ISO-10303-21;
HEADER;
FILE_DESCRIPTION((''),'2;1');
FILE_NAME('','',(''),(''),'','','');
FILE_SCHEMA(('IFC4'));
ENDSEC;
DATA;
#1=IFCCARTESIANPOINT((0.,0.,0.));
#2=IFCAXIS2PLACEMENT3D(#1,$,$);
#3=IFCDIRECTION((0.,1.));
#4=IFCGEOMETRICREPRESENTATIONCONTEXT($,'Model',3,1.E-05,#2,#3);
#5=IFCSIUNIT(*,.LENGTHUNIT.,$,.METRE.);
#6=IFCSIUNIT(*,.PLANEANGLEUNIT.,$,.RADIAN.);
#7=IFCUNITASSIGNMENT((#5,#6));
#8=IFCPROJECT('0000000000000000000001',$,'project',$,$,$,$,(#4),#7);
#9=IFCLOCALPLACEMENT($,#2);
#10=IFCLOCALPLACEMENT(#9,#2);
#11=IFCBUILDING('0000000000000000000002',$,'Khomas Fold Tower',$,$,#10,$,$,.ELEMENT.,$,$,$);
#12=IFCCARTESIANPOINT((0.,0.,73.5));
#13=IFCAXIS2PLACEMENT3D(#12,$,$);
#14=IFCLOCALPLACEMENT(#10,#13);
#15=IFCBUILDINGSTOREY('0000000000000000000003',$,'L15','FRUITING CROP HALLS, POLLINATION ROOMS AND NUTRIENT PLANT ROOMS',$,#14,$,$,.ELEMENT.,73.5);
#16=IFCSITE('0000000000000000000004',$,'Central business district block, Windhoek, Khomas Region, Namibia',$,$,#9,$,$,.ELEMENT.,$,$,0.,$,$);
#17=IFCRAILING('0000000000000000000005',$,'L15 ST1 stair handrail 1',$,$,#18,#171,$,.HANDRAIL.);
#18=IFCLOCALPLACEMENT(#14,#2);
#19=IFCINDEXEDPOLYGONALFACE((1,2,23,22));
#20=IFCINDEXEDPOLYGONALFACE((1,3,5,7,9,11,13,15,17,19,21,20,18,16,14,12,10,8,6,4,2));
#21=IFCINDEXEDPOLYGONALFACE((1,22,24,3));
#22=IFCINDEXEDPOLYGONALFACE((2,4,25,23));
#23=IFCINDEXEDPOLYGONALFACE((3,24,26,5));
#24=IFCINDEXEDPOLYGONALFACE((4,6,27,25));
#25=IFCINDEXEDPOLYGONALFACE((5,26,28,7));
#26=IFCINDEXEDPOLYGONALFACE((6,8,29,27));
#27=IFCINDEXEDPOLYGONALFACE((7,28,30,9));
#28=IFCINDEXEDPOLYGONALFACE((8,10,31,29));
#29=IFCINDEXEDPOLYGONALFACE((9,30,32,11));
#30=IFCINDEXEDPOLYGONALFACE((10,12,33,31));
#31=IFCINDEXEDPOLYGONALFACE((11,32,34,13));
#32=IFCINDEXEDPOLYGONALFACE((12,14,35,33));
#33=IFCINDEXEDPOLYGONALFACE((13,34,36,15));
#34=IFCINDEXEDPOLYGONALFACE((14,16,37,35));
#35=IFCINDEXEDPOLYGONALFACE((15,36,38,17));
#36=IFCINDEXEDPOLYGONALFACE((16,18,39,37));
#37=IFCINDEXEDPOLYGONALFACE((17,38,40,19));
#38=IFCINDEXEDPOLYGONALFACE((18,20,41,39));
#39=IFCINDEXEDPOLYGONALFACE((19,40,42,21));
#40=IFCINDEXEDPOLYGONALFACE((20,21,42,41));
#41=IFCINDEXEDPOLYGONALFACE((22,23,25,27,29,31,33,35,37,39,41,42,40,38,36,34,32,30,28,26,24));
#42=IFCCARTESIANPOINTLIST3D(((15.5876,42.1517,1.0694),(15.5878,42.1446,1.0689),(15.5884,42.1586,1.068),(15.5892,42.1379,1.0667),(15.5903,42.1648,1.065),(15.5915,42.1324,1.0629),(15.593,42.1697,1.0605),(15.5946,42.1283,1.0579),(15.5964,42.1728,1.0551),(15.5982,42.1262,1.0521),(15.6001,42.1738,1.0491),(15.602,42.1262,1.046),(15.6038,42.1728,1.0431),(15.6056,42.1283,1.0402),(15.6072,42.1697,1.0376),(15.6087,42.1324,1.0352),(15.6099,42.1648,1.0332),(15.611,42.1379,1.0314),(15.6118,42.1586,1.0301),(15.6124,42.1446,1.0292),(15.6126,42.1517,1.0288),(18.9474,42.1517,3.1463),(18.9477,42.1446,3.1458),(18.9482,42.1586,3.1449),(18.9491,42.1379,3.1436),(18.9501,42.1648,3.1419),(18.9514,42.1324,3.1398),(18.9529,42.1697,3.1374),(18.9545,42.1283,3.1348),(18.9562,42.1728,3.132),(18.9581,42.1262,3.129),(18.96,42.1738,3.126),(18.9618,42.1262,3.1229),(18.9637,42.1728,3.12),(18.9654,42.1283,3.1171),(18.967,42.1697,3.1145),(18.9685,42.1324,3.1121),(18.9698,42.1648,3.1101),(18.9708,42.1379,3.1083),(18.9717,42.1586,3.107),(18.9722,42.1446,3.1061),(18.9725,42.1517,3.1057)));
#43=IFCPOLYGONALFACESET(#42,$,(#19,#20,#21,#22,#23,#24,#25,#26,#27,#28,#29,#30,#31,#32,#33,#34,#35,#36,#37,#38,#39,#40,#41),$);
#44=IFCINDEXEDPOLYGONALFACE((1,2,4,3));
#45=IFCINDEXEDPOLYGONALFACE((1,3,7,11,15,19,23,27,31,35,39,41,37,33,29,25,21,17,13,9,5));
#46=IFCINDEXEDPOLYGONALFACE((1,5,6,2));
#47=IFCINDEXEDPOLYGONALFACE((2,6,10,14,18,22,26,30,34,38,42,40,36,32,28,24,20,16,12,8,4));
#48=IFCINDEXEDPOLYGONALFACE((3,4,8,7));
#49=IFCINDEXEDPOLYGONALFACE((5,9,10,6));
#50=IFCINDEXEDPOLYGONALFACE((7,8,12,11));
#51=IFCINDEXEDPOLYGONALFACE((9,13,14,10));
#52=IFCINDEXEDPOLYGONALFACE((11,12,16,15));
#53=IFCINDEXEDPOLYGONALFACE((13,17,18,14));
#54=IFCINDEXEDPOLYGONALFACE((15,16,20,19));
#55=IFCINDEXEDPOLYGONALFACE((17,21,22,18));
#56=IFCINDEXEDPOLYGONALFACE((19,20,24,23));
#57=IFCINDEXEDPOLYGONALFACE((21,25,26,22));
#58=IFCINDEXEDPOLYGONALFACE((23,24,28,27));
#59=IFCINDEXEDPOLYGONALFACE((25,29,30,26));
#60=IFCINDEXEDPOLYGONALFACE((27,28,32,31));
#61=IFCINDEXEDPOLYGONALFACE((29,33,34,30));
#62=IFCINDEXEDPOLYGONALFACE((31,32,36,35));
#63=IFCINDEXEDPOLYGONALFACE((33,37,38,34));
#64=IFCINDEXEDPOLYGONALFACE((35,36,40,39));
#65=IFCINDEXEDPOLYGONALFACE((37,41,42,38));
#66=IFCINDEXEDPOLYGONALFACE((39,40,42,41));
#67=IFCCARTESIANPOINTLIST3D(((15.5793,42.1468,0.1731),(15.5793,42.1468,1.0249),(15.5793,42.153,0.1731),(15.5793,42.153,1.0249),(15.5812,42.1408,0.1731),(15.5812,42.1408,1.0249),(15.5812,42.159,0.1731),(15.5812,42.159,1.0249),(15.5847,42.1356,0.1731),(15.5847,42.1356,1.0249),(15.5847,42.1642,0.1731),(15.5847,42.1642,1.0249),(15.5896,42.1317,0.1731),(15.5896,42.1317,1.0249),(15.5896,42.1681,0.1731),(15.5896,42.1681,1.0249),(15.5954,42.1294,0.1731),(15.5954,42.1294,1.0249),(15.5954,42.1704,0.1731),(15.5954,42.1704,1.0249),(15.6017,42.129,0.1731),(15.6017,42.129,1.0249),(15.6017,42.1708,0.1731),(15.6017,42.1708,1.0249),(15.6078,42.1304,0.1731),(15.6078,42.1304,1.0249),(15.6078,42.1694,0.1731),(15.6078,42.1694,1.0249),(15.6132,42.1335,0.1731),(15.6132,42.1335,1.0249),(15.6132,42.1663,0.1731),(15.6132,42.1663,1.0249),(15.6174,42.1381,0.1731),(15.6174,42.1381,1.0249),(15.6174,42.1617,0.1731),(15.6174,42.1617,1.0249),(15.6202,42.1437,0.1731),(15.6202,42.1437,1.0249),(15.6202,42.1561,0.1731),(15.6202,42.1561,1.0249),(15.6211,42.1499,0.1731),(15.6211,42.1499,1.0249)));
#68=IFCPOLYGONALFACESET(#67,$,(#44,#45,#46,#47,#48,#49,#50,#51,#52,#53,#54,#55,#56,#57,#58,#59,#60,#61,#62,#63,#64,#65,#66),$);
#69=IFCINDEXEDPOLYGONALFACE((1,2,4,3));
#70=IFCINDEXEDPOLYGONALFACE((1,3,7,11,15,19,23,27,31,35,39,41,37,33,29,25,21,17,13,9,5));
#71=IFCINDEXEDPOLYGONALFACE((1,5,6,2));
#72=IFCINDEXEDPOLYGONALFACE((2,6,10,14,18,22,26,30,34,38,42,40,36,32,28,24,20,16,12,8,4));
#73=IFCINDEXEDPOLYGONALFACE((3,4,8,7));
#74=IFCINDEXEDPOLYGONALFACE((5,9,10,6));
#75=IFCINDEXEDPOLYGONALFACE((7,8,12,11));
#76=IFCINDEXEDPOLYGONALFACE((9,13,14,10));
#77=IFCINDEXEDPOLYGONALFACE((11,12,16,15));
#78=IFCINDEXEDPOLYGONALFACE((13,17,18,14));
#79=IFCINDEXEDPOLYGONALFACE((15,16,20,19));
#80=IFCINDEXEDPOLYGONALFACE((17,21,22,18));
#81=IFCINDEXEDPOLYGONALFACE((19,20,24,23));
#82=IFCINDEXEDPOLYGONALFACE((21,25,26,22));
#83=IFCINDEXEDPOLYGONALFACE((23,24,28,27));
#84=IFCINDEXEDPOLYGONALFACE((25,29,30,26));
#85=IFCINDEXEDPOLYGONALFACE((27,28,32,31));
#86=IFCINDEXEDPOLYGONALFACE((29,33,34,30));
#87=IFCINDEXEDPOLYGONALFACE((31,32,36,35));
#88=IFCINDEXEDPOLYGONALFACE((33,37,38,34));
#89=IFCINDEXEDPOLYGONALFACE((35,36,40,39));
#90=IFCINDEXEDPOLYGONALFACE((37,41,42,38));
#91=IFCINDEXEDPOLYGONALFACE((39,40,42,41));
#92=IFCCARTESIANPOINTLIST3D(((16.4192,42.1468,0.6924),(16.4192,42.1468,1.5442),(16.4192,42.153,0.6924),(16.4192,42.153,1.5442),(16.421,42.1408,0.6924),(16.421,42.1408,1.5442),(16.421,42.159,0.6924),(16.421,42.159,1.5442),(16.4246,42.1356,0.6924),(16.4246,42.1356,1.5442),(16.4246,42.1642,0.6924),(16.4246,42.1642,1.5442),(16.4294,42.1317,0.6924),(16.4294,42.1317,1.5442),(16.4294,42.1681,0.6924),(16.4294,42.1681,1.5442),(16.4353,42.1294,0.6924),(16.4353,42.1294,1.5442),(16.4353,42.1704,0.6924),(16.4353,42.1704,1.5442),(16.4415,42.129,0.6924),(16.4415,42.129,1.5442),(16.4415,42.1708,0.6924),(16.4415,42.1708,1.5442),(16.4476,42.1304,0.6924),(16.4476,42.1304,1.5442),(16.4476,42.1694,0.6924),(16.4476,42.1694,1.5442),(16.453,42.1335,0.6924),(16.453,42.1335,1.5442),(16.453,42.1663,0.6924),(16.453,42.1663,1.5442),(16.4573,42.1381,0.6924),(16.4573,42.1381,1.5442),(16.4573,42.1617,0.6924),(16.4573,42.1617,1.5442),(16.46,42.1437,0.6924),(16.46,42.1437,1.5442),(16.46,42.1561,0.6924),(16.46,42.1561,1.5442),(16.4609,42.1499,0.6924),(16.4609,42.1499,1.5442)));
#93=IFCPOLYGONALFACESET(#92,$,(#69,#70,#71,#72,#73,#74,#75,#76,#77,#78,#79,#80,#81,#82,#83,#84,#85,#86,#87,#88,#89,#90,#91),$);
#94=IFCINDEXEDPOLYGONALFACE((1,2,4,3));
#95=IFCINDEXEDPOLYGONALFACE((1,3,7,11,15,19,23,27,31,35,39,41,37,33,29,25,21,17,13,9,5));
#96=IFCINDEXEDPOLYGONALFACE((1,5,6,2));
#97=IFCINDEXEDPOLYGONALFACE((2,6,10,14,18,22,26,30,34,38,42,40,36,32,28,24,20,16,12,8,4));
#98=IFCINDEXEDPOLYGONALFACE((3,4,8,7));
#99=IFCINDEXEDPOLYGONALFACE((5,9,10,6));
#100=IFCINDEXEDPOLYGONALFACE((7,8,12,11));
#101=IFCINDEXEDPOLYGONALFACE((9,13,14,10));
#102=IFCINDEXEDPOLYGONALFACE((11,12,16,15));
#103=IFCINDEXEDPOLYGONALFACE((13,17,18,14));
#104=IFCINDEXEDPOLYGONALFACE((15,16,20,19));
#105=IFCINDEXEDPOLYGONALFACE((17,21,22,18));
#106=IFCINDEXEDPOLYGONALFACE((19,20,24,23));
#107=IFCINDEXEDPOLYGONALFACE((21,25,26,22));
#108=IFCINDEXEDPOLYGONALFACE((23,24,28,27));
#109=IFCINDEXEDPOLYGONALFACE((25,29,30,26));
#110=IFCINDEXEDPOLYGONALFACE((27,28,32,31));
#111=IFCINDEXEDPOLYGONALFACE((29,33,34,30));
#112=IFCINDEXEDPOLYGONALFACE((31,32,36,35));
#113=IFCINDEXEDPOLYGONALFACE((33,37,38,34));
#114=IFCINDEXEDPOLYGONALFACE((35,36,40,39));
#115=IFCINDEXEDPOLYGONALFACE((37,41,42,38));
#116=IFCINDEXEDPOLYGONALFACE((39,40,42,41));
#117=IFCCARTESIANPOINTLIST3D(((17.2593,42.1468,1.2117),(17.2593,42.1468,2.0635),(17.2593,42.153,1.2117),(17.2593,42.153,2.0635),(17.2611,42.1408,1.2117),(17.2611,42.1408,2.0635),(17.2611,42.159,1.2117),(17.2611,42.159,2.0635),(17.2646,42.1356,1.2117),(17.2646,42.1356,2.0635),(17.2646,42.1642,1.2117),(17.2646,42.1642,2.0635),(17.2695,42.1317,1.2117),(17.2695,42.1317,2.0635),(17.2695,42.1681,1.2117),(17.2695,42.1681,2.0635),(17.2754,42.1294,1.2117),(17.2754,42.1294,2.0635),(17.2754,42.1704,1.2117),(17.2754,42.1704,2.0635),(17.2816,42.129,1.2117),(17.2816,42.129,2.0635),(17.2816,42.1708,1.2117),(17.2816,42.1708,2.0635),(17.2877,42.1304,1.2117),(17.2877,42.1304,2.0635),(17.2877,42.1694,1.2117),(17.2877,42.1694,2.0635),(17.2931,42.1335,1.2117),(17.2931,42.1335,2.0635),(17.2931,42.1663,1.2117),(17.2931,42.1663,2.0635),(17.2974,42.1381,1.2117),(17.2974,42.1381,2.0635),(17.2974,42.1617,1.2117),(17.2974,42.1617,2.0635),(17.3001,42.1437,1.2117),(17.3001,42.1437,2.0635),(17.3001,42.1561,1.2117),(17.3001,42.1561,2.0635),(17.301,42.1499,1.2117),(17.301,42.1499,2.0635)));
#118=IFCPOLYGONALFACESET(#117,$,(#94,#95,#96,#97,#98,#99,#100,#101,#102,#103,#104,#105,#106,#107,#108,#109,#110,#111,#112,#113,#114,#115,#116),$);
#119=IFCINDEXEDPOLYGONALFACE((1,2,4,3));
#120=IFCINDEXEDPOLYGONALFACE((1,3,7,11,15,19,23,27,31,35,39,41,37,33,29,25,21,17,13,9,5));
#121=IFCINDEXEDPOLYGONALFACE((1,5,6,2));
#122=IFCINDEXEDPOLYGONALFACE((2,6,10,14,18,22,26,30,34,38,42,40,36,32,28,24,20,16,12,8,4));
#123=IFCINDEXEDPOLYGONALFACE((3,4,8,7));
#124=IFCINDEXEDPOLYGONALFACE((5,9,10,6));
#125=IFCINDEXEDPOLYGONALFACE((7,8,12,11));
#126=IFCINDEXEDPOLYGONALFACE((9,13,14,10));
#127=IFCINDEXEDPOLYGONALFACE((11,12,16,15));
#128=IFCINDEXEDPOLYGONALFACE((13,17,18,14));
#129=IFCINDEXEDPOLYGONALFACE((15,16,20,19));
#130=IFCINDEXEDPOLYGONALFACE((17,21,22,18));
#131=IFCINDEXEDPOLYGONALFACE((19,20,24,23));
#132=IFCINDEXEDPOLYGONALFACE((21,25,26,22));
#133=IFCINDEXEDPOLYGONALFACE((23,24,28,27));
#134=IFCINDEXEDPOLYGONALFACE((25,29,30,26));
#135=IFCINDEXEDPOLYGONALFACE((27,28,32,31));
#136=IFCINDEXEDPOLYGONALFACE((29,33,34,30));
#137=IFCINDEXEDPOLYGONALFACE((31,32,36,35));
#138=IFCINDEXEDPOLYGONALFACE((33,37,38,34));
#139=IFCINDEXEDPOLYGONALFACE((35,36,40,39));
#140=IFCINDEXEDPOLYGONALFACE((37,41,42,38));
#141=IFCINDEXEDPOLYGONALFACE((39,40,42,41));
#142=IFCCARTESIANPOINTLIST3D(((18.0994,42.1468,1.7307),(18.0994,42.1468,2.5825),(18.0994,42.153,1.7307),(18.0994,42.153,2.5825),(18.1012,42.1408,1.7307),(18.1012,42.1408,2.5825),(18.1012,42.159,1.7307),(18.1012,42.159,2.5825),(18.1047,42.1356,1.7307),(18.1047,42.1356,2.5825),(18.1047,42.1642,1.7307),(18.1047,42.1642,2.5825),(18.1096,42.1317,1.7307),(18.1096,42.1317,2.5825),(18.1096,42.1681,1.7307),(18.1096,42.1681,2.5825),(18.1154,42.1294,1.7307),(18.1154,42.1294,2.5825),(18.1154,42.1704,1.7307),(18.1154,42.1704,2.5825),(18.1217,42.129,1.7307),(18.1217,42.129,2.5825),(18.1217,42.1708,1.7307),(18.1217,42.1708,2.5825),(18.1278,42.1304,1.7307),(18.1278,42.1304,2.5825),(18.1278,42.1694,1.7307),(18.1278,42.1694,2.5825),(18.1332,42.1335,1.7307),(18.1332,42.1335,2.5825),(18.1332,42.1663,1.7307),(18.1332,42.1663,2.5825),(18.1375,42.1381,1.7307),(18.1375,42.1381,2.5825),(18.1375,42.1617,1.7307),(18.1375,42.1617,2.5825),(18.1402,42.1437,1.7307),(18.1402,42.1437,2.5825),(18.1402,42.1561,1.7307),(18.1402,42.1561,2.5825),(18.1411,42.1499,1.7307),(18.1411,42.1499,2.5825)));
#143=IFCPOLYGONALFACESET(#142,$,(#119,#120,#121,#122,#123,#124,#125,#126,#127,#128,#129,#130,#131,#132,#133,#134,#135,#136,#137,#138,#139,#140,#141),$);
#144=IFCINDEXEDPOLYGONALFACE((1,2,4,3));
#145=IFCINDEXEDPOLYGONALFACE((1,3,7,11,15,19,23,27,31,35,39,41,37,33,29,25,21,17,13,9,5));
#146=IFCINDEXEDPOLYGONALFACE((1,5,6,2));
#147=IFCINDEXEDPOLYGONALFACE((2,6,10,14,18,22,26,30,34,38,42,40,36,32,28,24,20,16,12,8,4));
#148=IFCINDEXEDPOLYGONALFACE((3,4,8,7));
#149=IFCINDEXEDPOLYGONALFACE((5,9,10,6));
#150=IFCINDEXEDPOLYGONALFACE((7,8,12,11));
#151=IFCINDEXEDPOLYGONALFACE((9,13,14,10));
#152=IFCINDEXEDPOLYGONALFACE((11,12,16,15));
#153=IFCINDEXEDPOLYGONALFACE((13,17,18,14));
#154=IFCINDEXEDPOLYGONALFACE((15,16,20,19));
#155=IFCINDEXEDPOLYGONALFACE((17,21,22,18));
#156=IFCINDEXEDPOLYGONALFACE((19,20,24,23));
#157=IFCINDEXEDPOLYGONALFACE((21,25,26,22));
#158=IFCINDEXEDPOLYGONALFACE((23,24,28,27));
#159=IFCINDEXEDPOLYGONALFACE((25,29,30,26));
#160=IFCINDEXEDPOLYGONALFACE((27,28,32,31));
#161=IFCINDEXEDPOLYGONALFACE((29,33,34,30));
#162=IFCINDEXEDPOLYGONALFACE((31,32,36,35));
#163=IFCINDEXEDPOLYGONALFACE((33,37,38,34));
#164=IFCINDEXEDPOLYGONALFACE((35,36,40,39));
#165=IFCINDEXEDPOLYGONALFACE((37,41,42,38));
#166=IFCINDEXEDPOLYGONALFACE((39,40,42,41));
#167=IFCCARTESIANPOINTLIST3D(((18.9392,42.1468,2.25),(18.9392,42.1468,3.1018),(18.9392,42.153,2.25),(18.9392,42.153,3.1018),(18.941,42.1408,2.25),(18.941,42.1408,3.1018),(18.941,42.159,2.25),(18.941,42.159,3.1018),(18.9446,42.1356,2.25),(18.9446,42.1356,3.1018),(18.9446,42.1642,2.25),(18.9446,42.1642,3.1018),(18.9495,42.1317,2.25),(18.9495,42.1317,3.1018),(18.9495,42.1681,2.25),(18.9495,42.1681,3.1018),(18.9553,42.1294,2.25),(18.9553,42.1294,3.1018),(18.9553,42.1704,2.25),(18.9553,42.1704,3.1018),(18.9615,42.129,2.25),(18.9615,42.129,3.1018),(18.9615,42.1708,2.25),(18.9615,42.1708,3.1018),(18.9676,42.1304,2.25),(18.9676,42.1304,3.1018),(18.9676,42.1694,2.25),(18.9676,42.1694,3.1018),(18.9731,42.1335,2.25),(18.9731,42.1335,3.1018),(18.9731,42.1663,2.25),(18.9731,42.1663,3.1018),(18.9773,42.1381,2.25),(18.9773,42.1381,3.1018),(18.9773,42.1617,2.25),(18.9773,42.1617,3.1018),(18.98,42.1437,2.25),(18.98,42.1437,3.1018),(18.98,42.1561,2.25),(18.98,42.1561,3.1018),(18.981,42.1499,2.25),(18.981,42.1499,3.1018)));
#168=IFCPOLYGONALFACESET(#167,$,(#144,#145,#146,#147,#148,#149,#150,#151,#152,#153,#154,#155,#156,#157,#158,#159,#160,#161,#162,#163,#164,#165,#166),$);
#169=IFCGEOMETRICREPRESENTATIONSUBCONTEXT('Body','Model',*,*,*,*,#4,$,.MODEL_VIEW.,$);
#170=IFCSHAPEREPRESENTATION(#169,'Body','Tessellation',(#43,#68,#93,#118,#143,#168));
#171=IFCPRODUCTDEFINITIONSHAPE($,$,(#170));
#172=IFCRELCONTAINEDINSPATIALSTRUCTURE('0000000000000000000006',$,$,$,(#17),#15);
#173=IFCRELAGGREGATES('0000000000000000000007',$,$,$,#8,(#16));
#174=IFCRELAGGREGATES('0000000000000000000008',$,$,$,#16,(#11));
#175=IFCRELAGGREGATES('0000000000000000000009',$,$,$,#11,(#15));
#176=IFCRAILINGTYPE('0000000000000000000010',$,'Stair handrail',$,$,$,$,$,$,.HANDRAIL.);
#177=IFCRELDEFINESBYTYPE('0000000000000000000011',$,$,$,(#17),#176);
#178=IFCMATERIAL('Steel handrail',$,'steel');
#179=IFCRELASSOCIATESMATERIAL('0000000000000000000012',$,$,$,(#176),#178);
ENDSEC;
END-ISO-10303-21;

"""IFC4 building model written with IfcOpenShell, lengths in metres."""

from ifc_helpers import new_model, si_unit, direction, frame, origin, origin_2d, place, context, subcontext, project, spatial, circle, extrude, source, transform, mapped, material, type_object, element, save


model = new_model("IFC4")

# Units and contexts
model_context = context("Model", 3, precision=1e-05, world=origin(), true_north=direction((0.0, 1.0)))
body_context = subcontext(model_context, "Body", "Model", "MODEL_VIEW")
ifc_project = project(units=[si_unit("LENGTHUNIT", "METRE"), si_unit("PLANEANGLEUNIT", "RADIAN")], contexts=[model_context])

# Site, building, storey
site_placement = place(None, origin())
site = spatial("IfcSite", under=ifc_project, at=site_placement, Name="Central business district block, Windhoek, Khomas Region, Namibia", CompositionType="ELEMENT", RefElevation=0.0)
building_placement = place(site_placement, origin())
building = spatial("IfcBuilding", under=site, at=building_placement, Name="Khomas Fold Tower", CompositionType="ELEMENT")
storey_placement = place(building_placement, frame((0.0, 0.0, 73.5)))
storey = spatial("IfcBuildingStorey", under=building, at=storey_placement, Name="L15", Description="FRUITING CROP HALLS, POLLINATION ROOMS AND NUTRIENT PLANT ROOMS", CompositionType="ELEMENT", Elevation=73.5)

# Railing
ifc_material_1 = material(Name="Steel handrail", Category="steel")
railing_type_1 = type_object("IfcRailingType", Name="Stair handrail", PredefinedType="HANDRAIL", material=ifc_material_1)
shared_shape_1 = source(origin(), body_context, "Body", "SweptSolid", [
    extrude(circle(Radius=0.0239, at=origin_2d()), frame((0.0, 0.0, 0.876), z_axis=(0.850606, 0.0, 0.525803), x_axis=(0.0, 1.0, 0.0)), (0.0, 0.0, 1.0), 3.95),
    extrude(circle(Radius=0.021, at=origin_2d()), origin(), (0.0, 0.0, 1.0), 0.8518),
    extrude(circle(Radius=0.021, at=origin_2d()), frame((0.8398, 0.0, 0.5193)), (0.0, 0.0, 1.0), 0.8518),
    extrude(circle(Radius=0.021, at=origin_2d()), frame((1.6799, 0.0, 1.0386)), (0.0, 0.0, 1.0), 0.8518),
    extrude(circle(Radius=0.021, at=origin_2d()), frame((2.52, 0.0, 1.5576)), (0.0, 0.0, 1.0), 0.8518),
    extrude(circle(Radius=0.021, at=origin_2d()), frame((3.3599, 0.0, 2.0769)), (0.0, 0.0, 1.0), 0.8518),
])
railing_1_placement = place(storey_placement, frame((15.6001, 42.1499, 0.1731)))
element("IfcRailing", 1, at=railing_1_placement, inside=storey, type_object=railing_type_1, Name="L15 ST1 stair handrail 1", PredefinedType="HANDRAIL", context=body_context, shape_type="MappedRepresentation", body=[
    mapped(shared_shape_1, transform((0.0, 0.0, 0.0))),
])

save(model, "model.ifc")
